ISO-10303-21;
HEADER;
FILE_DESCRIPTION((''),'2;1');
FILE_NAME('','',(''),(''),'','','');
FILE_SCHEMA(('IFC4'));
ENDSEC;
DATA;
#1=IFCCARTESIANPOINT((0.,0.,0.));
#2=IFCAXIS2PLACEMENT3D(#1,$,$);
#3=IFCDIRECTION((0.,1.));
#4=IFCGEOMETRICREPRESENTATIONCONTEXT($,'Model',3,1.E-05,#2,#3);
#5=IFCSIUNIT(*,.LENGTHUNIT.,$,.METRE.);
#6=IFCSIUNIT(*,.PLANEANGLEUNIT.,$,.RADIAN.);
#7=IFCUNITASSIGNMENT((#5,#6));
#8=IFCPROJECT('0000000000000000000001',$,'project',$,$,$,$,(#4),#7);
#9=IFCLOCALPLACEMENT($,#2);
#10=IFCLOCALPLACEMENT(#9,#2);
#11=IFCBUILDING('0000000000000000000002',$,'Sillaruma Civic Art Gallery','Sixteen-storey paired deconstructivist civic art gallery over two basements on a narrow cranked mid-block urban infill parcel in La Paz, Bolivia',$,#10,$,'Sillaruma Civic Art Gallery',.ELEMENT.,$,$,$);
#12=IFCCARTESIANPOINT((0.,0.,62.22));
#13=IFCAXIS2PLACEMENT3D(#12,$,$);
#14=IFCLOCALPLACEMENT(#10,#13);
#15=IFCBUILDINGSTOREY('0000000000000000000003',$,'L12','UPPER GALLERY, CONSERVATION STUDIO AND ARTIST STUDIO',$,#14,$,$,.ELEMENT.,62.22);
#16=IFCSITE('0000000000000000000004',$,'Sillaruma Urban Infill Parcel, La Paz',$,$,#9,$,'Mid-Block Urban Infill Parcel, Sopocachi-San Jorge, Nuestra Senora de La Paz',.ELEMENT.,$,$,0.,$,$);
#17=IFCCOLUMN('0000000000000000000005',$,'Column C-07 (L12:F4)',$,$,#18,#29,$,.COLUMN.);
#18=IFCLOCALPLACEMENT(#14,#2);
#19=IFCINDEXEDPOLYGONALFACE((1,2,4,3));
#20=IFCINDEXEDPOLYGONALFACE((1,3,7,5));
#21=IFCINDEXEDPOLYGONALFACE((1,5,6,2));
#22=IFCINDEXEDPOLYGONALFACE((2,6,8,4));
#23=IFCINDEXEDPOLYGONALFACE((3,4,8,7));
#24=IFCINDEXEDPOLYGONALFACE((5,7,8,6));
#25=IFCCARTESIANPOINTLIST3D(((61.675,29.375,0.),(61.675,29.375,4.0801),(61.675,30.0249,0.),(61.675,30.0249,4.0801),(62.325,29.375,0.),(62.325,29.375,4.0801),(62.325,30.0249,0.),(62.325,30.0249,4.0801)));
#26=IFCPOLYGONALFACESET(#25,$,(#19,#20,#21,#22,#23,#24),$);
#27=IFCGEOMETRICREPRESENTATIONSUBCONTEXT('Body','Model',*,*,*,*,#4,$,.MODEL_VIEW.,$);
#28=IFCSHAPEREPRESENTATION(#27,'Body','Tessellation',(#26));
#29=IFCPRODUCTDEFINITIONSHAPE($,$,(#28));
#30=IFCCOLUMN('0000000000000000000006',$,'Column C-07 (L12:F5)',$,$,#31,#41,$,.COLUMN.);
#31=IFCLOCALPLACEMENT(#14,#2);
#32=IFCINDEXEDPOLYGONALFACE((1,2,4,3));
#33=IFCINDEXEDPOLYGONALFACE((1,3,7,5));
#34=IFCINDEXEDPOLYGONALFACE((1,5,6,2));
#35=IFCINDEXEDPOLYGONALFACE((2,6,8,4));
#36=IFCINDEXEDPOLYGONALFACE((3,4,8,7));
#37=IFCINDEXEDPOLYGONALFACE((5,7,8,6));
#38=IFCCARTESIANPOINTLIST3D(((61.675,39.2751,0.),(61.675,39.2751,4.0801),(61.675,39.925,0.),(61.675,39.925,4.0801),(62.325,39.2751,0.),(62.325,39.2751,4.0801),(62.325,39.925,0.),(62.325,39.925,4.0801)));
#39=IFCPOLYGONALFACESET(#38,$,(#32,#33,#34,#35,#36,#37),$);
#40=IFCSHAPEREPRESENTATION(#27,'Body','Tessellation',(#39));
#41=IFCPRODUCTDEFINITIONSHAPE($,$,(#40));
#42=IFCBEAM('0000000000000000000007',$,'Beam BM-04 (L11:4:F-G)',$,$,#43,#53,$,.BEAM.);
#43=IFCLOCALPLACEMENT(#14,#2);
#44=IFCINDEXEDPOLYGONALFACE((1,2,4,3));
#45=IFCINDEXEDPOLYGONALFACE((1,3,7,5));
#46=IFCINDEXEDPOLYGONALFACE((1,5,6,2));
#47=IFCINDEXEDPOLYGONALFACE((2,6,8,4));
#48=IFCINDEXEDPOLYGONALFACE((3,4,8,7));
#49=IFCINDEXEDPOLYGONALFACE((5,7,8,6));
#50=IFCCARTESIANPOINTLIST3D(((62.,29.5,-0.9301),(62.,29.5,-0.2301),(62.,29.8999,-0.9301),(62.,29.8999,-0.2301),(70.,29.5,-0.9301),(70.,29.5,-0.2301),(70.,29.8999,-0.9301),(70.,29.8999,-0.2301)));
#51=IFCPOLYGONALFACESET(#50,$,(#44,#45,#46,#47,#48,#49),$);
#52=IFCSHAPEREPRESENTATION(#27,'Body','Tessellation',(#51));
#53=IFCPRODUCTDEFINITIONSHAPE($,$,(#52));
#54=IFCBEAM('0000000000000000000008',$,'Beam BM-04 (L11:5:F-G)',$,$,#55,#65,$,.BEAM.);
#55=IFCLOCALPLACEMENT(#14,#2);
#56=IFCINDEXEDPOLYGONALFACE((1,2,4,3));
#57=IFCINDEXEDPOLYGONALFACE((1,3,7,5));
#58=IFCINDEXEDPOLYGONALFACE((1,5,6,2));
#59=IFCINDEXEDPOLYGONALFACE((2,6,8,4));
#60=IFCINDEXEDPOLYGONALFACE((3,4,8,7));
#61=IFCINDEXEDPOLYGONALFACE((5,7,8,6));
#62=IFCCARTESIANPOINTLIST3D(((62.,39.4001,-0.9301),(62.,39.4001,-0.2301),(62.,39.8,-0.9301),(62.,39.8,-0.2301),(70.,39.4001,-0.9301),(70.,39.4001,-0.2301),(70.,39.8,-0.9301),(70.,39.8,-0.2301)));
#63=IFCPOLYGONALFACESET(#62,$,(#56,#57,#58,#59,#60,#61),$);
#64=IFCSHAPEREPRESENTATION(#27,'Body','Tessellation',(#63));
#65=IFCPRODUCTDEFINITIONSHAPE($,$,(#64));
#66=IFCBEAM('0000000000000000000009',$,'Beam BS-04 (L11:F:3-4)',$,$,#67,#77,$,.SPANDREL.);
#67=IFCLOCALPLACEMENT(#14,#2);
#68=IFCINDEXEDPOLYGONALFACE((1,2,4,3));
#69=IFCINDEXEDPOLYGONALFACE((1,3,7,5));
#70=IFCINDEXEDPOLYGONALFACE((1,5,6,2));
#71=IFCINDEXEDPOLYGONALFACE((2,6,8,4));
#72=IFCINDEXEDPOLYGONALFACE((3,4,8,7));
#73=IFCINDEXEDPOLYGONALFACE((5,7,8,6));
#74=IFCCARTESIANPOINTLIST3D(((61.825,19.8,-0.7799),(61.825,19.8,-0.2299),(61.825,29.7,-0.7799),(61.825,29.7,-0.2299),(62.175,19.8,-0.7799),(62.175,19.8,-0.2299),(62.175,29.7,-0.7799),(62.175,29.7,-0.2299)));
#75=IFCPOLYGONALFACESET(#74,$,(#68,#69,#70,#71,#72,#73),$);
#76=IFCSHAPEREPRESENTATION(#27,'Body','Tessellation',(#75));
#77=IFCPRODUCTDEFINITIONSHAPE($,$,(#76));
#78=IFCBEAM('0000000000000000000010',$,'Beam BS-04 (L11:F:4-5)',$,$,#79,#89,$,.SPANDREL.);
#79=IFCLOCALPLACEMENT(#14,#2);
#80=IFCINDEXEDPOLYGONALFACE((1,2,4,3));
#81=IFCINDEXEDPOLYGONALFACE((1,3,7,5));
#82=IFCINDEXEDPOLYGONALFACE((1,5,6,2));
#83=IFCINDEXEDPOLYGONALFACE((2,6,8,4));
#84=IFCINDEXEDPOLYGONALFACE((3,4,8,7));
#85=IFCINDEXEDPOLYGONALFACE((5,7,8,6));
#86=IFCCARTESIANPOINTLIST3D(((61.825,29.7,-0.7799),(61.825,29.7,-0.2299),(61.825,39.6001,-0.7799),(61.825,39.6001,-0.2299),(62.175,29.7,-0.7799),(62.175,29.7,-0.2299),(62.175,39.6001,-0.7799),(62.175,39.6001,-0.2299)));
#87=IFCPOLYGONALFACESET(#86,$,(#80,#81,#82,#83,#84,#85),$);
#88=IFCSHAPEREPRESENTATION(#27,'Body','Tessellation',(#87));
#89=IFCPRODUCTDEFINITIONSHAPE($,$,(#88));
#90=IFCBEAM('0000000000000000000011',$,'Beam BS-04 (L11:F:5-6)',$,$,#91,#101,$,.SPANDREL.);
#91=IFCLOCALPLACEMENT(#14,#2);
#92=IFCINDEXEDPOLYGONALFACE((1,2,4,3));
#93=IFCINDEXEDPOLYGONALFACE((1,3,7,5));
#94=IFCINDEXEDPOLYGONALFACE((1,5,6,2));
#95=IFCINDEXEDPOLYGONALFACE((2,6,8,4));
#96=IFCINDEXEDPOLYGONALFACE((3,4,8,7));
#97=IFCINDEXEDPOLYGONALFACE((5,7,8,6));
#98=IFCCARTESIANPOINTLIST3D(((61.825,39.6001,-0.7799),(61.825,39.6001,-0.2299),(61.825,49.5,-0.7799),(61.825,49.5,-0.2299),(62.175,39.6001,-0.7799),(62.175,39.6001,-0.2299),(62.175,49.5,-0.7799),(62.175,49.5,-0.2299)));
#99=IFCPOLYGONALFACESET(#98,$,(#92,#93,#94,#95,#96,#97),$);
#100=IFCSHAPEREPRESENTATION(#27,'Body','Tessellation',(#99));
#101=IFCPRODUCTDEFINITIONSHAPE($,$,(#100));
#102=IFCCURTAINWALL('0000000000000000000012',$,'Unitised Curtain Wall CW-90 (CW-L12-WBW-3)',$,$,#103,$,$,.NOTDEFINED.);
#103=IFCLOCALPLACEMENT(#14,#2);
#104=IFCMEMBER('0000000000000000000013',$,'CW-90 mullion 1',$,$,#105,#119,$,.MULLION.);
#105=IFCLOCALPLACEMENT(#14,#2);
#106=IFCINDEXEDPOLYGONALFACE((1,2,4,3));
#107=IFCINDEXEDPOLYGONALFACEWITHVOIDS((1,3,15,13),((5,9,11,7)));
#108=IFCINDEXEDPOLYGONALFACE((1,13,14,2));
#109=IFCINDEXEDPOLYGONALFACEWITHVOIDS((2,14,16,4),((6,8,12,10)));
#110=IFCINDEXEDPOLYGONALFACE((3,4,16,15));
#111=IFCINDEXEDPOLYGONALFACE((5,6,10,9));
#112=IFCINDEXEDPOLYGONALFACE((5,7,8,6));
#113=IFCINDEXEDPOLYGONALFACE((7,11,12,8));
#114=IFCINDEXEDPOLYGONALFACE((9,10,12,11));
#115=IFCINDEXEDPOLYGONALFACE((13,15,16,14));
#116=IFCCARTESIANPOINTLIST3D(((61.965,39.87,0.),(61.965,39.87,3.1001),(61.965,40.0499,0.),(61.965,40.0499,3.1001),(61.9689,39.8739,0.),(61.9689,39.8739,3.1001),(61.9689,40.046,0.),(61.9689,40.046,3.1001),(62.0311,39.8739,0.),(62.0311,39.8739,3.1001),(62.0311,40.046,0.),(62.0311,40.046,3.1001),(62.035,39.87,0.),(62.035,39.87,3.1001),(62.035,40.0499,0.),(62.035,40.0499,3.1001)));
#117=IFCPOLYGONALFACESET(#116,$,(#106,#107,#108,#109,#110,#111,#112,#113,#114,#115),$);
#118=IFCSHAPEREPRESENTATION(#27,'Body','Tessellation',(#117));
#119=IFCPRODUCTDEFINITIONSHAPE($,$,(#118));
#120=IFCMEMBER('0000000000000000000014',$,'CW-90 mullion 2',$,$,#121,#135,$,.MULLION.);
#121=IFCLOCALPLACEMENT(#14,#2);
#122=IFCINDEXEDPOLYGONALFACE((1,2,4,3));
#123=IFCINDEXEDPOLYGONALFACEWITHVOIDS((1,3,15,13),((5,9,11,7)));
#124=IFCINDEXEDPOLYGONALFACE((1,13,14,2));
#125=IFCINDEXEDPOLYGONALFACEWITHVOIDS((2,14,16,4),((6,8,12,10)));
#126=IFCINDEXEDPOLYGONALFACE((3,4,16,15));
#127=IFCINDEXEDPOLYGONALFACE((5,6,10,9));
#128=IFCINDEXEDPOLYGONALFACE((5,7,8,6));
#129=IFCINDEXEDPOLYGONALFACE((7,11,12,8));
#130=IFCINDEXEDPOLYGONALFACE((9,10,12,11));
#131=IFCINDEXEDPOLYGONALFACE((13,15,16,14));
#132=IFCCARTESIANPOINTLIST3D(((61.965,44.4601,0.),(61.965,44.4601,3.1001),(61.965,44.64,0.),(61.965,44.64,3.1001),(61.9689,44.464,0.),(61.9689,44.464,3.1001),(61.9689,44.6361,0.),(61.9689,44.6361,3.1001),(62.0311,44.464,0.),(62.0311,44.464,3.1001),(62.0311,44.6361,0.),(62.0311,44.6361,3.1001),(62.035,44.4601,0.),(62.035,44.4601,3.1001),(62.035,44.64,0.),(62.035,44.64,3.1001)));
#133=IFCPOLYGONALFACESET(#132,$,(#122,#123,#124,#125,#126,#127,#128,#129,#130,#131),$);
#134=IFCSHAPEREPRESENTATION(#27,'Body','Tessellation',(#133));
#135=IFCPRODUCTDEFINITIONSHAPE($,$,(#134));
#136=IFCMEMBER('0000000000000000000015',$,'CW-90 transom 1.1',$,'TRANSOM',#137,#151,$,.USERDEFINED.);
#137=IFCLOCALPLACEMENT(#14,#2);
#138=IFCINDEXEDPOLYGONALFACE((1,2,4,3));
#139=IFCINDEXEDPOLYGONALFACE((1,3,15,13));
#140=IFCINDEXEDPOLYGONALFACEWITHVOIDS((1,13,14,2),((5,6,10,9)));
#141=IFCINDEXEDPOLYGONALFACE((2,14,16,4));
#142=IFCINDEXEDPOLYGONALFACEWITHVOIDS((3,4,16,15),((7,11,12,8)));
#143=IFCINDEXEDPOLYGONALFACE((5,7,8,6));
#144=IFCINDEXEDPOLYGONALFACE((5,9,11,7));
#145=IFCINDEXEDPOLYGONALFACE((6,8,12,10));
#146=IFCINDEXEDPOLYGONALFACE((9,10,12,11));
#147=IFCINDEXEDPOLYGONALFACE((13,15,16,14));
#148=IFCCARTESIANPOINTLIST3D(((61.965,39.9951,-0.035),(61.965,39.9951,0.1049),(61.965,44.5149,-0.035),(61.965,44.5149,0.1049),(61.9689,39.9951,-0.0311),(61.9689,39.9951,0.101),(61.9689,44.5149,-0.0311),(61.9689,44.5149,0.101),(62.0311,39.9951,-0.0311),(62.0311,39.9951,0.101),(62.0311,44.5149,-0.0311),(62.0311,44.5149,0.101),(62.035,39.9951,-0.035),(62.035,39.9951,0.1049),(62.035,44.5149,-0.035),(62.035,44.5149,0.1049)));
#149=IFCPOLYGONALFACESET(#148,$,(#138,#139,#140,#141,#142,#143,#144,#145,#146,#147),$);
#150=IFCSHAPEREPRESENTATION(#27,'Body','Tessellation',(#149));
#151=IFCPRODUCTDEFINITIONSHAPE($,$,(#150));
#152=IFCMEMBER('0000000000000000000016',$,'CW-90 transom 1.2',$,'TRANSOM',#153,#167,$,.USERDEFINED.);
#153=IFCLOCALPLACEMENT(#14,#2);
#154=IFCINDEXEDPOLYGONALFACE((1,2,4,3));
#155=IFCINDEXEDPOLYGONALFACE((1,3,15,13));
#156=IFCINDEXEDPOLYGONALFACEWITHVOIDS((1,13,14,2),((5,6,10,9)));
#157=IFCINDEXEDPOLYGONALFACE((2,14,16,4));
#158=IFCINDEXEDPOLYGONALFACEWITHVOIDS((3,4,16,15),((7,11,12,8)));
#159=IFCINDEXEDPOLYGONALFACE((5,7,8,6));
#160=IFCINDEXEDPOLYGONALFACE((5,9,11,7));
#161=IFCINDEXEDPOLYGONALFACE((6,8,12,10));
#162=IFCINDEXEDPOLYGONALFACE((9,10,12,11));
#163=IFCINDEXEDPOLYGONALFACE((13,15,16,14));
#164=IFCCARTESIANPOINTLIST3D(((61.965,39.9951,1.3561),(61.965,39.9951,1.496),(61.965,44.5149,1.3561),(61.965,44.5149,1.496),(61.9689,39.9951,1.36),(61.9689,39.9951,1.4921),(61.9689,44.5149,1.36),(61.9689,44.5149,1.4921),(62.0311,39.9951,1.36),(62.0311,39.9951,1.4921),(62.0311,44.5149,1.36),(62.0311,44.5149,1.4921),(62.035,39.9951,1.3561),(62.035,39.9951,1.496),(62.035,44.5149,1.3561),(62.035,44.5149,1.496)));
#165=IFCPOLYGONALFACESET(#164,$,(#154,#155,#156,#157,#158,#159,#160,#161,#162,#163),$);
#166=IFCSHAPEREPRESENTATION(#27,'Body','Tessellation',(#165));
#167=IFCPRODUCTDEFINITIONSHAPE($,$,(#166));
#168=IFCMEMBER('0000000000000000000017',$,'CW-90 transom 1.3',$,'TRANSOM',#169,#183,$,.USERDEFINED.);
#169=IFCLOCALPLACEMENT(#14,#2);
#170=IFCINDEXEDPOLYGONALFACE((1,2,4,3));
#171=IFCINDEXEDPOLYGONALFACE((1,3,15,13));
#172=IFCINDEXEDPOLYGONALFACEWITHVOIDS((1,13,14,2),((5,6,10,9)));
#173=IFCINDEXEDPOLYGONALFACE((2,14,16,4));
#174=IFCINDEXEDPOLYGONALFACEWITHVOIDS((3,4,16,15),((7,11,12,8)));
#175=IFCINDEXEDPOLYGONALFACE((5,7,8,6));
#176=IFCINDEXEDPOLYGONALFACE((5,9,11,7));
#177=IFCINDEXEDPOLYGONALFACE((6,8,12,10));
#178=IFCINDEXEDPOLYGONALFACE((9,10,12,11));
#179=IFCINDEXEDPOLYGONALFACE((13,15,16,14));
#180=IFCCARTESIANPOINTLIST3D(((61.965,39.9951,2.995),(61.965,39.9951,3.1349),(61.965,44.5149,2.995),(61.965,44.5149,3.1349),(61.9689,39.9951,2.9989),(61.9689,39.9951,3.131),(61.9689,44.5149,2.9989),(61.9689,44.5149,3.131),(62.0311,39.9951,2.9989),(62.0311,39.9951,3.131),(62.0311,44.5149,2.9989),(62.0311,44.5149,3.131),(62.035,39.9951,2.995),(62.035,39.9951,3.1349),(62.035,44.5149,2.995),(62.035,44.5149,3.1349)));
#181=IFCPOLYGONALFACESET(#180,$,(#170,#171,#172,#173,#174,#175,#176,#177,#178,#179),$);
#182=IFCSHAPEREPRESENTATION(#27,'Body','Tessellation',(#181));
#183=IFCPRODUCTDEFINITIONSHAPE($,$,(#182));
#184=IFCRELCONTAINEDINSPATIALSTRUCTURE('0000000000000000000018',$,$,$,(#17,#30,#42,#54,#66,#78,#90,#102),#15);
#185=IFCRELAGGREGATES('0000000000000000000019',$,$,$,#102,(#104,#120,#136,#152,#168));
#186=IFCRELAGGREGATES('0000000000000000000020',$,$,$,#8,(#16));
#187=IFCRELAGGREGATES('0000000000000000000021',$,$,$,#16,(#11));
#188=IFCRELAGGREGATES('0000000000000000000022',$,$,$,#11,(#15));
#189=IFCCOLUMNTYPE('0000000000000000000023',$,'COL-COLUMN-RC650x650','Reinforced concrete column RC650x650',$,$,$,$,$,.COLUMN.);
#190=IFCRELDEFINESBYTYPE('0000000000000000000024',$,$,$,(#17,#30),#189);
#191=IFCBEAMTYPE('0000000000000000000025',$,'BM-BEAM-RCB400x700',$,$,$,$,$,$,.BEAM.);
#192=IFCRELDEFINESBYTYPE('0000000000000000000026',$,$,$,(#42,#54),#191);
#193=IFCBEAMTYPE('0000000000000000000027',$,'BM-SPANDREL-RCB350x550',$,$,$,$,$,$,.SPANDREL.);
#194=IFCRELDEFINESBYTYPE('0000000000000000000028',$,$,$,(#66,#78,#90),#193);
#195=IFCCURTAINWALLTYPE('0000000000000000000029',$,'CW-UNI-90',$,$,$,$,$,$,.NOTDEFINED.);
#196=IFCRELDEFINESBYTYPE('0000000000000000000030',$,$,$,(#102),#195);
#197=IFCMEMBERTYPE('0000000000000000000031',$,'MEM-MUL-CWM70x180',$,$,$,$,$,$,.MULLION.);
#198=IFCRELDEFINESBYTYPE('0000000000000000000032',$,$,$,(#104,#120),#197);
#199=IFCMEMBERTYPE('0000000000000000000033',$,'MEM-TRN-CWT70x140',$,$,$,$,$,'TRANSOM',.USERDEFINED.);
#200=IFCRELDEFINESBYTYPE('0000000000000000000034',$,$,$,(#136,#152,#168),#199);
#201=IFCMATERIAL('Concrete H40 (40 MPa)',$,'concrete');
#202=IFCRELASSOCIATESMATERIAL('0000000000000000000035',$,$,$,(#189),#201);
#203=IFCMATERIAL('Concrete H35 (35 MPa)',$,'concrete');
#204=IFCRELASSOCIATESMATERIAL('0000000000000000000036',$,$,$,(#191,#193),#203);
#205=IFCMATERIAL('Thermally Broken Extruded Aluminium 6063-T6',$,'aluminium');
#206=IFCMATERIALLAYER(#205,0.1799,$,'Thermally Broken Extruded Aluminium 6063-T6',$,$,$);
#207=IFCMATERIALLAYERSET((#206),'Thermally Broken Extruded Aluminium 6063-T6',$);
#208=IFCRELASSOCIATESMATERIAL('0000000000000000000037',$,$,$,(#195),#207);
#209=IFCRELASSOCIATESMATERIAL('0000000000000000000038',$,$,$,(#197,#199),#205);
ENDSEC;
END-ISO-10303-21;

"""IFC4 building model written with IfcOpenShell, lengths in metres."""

from ifc_helpers import new_model, si_unit, direction, frame, origin, origin_2d, place, context, subcontext, project, spatial, rectangle, hollow_rectangle, extrude, material, layer, layer_set, material_profile, profile_set, type_object, element, aggregate, save


model = new_model("IFC4")

# Units and contexts
model_context = context("Model", 3, precision=1e-05, world=origin(), true_north=direction((0.0, 1.0)))
body_context = subcontext(model_context, "Body", "Model", "MODEL_VIEW")
ifc_project = project(units=[si_unit("LENGTHUNIT", "METRE"), si_unit("PLANEANGLEUNIT", "RADIAN")], contexts=[model_context])

# Site, building, storey
site_placement = place(None, origin())
site = spatial("IfcSite", under=ifc_project, at=site_placement, Name="Sillaruma Urban Infill Parcel, La Paz", LongName="Mid-Block Urban Infill Parcel, Sopocachi-San Jorge, Nuestra Senora de La Paz", CompositionType="ELEMENT", RefElevation=0.0)
building_placement = place(site_placement, origin())
building = spatial("IfcBuilding", under=site, at=building_placement, Name="Sillaruma Civic Art Gallery", Description="Sixteen-storey paired deconstructivist civic art gallery over two basements on a narrow cranked mid-block urban infill parcel in La Paz, Bolivia", LongName="Sillaruma Civic Art Gallery", CompositionType="ELEMENT")
storey_placement = place(building_placement, frame((0.0, 0.0, 62.22)))
storey = spatial("IfcBuildingStorey", under=building, at=storey_placement, Name="L12", Description="UPPER GALLERY, CONSERVATION STUDIO AND ARTIST STUDIO", CompositionType="ELEMENT", Elevation=62.22)

# Columns
ifc_material_1 = material(Name="Concrete H40 (40 MPa)", Category="concrete")
ifc_material_profile_1 = material_profile(ifc_material_1, rectangle(XDim=0.6499, YDim=0.6499, at=origin_2d()), Name="RC650x650")
ifc_profile_set_1 = profile_set([ifc_material_profile_1], Name="Concrete H40 (40 MPa)")
column_type = type_object("IfcColumnType", Name="COL-COLUMN-RC650x650", Description="Reinforced concrete column RC650x650", PredefinedType="COLUMN", material=ifc_profile_set_1)
for number, where, z_axis, x_axis, name in (
    (1, (62.0, 29.7, 0.0), (0.0, 0.0, 1.0), (1.0, 0.0, 0.0), "Column C-07 (L12:F4)"),
    (2, (62.0, 39.6001, 0.0), (0.0, 0.0, 1.0), (1.0, 0.0, 0.0), "Column C-07 (L12:F5)"),
):
    element("IfcColumn", number, at=place(storey_placement, frame(where, z_axis=z_axis, x_axis=x_axis)), inside=storey, type_object=column_type, Name=name, PredefinedType="COLUMN", context=body_context, shape_type="SweptSolid", body=[
        extrude(rectangle(XDim=0.6499, YDim=0.6499, at=origin_2d()), origin(), (0.0, 0.0, 1.0), 4.0801),
    ])

# Beams
ifc_material_2 = material(Name="Concrete H35 (35 MPa)", Category="concrete")
ifc_material_profile_2 = material_profile(ifc_material_2, rectangle(XDim=0.3999, YDim=0.7, at=origin_2d()), Name="RCB400x700")
ifc_profile_set_2 = profile_set([ifc_material_profile_2], Name="Concrete H35 (35 MPa)")
beam_type_1 = type_object("IfcBeamType", Name="BM-BEAM-RCB400x700", PredefinedType="BEAM", material=ifc_profile_set_2)
for number, where, z_axis, x_axis, name in (
    (3, (62.0, 29.7, -0.5801), (1.0, 0.0, 0.0), (0.0, 1.0, 0.0), "Beam BM-04 (L11:4:F-G)"),
    (4, (62.0, 39.6001, -0.5801), (1.0, 0.0, 0.0), (0.0, 1.0, 0.0), "Beam BM-04 (L11:5:F-G)"),
):
    element("IfcBeam", number, at=place(storey_placement, frame(where, z_axis=z_axis, x_axis=x_axis)), inside=storey, type_object=beam_type_1, Name=name, PredefinedType="BEAM", context=body_context, shape_type="SweptSolid", body=[
        extrude(rectangle(XDim=0.3999, YDim=0.7, at=origin_2d()), origin(), (0.0, 0.0, 1.0), 8.0),
    ])
ifc_material_profile_3 = material_profile(ifc_material_2, rectangle(XDim=0.3501, YDim=0.55, at=origin_2d()), Name="RCB350x550")
ifc_profile_set_3 = profile_set([ifc_material_profile_3], Name="Concrete H35 (35 MPa)")
beam_type_2 = type_object("IfcBeamType", Name="BM-SPANDREL-RCB350x550", PredefinedType="SPANDREL", material=ifc_profile_set_3)
beam_1_placement = place(storey_placement, frame((62.0, 19.8, -0.5049), z_axis=(0.0, 1.0, 0.0), x_axis=(-1.0, 0.0, 0.0)))
element("IfcBeam", 5, at=beam_1_placement, inside=storey, type_object=beam_type_2, Name="Beam BS-04 (L11:F:3-4)", PredefinedType="SPANDREL", context=body_context, shape_type="SweptSolid", body=[
    extrude(rectangle(XDim=0.3501, YDim=0.55, at=origin_2d()), origin(), (0.0, 0.0, 1.0), 9.8999),
])
beam_2_placement = place(storey_placement, frame((62.0, 29.7, -0.5049), z_axis=(0.0, 1.0, 0.0), x_axis=(-1.0, 0.0, 0.0)))
element("IfcBeam", 6, at=beam_2_placement, inside=storey, type_object=beam_type_2, Name="Beam BS-04 (L11:F:4-5)", PredefinedType="SPANDREL", context=body_context, shape_type="SweptSolid", body=[
    extrude(rectangle(XDim=0.3501, YDim=0.55, at=origin_2d()), origin(), (0.0, 0.0, 1.0), 9.9001),
])
beam_3_placement = place(storey_placement, frame((62.0, 39.6001, -0.5049), z_axis=(0.0, 1.0, 0.0), x_axis=(-1.0, 0.0, 0.0)))
element("IfcBeam", 7, at=beam_3_placement, inside=storey, type_object=beam_type_2, Name="Beam BS-04 (L11:F:5-6)", PredefinedType="SPANDREL", context=body_context, shape_type="SweptSolid", body=[
    extrude(rectangle(XDim=0.3501, YDim=0.55, at=origin_2d()), origin(), (0.0, 0.0, 1.0), 9.8999),
])

# Curtain wall, members
ifc_material_3 = material(Name="Thermally Broken Extruded Aluminium 6063-T6", Category="aluminium")
ifc_layer_1 = layer(ifc_material_3, 0.1799, Name="Thermally Broken Extruded Aluminium 6063-T6")
ifc_layer_set_1 = layer_set([ifc_layer_1], Name="Thermally Broken Extruded Aluminium 6063-T6")
curtain_wall_type = type_object("IfcCurtainWallType", Name="CW-UNI-90", PredefinedType="NOTDEFINED", material=ifc_layer_set_1)
curtain_wall_placement = place(storey_placement, origin())
curtain_wall = element("IfcCurtainWall", 8, at=curtain_wall_placement, inside=storey, type_object=curtain_wall_type, Name="Unitised Curtain Wall CW-90 (CW-L12-WBW-3)", PredefinedType="NOTDEFINED")
ifc_material_profile_4 = material_profile(ifc_material_3, hollow_rectangle(XDim=0.0701, YDim=0.1799, WallThickness=0.0039, at=origin_2d()), Name="CWM70x180")
ifc_profile_set_4 = profile_set([ifc_material_profile_4], Name="Thermally Broken Extruded Aluminium 6063-T6")
member_type_1 = type_object("IfcMemberType", Name="MEM-MUL-CWM70x180", PredefinedType="MULLION", material=ifc_profile_set_4)
member_1_placement = place(storey_placement, frame((62.0, 39.96, 0.0), z_axis=(0.0, 0.0, 1.0), x_axis=(-1.0, 0.0, 0.0)))
member_1 = element("IfcMember", 9, at=member_1_placement, type_object=member_type_1, Name="CW-90 mullion 1", PredefinedType="MULLION", context=body_context, shape_type="SweptSolid", body=[
    extrude(hollow_rectangle(XDim=0.0701, YDim=0.1799, WallThickness=0.0039, at=origin_2d()), origin(), (0.0, 0.0, 1.0), 3.1001),
])
member_2_placement = place(storey_placement, frame((62.0, 44.55, 0.0), z_axis=(0.0, 0.0, 1.0), x_axis=(-1.0, 0.0, 0.0)))
member_2 = element("IfcMember", 10, at=member_2_placement, type_object=member_type_1, Name="CW-90 mullion 2", PredefinedType="MULLION", context=body_context, shape_type="SweptSolid", body=[
    extrude(hollow_rectangle(XDim=0.0701, YDim=0.1799, WallThickness=0.0039, at=origin_2d()), origin(), (0.0, 0.0, 1.0), 3.1001),
])
ifc_material_profile_5 = material_profile(ifc_material_3, hollow_rectangle(XDim=0.0701, YDim=0.1399, WallThickness=0.0039, at=origin_2d()), Name="CWT70x140")
ifc_profile_set_5 = profile_set([ifc_material_profile_5], Name="Thermally Broken Extruded Aluminium 6063-T6")
member_type_2 = type_object("IfcMemberType", Name="MEM-TRN-CWT70x140", ElementType="TRANSOM", PredefinedType="USERDEFINED", material=ifc_profile_set_5)
member_3_placement = place(storey_placement, frame((62.0, 39.9951, 0.0349), z_axis=(0.0, 1.0, 0.0), x_axis=(-1.0, 0.0, 0.0)))
member_3 = element("IfcMember", 11, at=member_3_placement, type_object=member_type_2, Name="CW-90 transom 1.1", ObjectType="TRANSOM", PredefinedType="USERDEFINED", context=body_context, shape_type="SweptSolid", body=[
    extrude(hollow_rectangle(XDim=0.0701, YDim=0.1399, WallThickness=0.0039, at=origin_2d()), origin(), (0.0, 0.0, 1.0), 4.5198),
])
member_4_placement = place(storey_placement, frame((62.0, 39.9951, 1.426), z_axis=(0.0, 1.0, 0.0), x_axis=(-1.0, 0.0, 0.0)))
member_4 = element("IfcMember", 12, at=member_4_placement, type_object=member_type_2, Name="CW-90 transom 1.2", ObjectType="TRANSOM", PredefinedType="USERDEFINED", context=body_context, shape_type="SweptSolid", body=[
    extrude(hollow_rectangle(XDim=0.0701, YDim=0.1399, WallThickness=0.0039, at=origin_2d()), origin(), (0.0, 0.0, 1.0), 4.5198),
])
member_5_placement = place(storey_placement, frame((62.0, 39.9951, 3.0649), z_axis=(0.0, 1.0, 0.0), x_axis=(-1.0, 0.0, 0.0)))
member_5 = element("IfcMember", 13, at=member_5_placement, type_object=member_type_2, Name="CW-90 transom 1.3", ObjectType="TRANSOM", PredefinedType="USERDEFINED", context=body_context, shape_type="SweptSolid", body=[
    extrude(hollow_rectangle(XDim=0.0701, YDim=0.1399, WallThickness=0.0039, at=origin_2d()), origin(), (0.0, 0.0, 1.0), 4.5198),
])
aggregate(curtain_wall, [member_1, member_2, member_3, member_4, member_5])

save(model, "model.ifc")
